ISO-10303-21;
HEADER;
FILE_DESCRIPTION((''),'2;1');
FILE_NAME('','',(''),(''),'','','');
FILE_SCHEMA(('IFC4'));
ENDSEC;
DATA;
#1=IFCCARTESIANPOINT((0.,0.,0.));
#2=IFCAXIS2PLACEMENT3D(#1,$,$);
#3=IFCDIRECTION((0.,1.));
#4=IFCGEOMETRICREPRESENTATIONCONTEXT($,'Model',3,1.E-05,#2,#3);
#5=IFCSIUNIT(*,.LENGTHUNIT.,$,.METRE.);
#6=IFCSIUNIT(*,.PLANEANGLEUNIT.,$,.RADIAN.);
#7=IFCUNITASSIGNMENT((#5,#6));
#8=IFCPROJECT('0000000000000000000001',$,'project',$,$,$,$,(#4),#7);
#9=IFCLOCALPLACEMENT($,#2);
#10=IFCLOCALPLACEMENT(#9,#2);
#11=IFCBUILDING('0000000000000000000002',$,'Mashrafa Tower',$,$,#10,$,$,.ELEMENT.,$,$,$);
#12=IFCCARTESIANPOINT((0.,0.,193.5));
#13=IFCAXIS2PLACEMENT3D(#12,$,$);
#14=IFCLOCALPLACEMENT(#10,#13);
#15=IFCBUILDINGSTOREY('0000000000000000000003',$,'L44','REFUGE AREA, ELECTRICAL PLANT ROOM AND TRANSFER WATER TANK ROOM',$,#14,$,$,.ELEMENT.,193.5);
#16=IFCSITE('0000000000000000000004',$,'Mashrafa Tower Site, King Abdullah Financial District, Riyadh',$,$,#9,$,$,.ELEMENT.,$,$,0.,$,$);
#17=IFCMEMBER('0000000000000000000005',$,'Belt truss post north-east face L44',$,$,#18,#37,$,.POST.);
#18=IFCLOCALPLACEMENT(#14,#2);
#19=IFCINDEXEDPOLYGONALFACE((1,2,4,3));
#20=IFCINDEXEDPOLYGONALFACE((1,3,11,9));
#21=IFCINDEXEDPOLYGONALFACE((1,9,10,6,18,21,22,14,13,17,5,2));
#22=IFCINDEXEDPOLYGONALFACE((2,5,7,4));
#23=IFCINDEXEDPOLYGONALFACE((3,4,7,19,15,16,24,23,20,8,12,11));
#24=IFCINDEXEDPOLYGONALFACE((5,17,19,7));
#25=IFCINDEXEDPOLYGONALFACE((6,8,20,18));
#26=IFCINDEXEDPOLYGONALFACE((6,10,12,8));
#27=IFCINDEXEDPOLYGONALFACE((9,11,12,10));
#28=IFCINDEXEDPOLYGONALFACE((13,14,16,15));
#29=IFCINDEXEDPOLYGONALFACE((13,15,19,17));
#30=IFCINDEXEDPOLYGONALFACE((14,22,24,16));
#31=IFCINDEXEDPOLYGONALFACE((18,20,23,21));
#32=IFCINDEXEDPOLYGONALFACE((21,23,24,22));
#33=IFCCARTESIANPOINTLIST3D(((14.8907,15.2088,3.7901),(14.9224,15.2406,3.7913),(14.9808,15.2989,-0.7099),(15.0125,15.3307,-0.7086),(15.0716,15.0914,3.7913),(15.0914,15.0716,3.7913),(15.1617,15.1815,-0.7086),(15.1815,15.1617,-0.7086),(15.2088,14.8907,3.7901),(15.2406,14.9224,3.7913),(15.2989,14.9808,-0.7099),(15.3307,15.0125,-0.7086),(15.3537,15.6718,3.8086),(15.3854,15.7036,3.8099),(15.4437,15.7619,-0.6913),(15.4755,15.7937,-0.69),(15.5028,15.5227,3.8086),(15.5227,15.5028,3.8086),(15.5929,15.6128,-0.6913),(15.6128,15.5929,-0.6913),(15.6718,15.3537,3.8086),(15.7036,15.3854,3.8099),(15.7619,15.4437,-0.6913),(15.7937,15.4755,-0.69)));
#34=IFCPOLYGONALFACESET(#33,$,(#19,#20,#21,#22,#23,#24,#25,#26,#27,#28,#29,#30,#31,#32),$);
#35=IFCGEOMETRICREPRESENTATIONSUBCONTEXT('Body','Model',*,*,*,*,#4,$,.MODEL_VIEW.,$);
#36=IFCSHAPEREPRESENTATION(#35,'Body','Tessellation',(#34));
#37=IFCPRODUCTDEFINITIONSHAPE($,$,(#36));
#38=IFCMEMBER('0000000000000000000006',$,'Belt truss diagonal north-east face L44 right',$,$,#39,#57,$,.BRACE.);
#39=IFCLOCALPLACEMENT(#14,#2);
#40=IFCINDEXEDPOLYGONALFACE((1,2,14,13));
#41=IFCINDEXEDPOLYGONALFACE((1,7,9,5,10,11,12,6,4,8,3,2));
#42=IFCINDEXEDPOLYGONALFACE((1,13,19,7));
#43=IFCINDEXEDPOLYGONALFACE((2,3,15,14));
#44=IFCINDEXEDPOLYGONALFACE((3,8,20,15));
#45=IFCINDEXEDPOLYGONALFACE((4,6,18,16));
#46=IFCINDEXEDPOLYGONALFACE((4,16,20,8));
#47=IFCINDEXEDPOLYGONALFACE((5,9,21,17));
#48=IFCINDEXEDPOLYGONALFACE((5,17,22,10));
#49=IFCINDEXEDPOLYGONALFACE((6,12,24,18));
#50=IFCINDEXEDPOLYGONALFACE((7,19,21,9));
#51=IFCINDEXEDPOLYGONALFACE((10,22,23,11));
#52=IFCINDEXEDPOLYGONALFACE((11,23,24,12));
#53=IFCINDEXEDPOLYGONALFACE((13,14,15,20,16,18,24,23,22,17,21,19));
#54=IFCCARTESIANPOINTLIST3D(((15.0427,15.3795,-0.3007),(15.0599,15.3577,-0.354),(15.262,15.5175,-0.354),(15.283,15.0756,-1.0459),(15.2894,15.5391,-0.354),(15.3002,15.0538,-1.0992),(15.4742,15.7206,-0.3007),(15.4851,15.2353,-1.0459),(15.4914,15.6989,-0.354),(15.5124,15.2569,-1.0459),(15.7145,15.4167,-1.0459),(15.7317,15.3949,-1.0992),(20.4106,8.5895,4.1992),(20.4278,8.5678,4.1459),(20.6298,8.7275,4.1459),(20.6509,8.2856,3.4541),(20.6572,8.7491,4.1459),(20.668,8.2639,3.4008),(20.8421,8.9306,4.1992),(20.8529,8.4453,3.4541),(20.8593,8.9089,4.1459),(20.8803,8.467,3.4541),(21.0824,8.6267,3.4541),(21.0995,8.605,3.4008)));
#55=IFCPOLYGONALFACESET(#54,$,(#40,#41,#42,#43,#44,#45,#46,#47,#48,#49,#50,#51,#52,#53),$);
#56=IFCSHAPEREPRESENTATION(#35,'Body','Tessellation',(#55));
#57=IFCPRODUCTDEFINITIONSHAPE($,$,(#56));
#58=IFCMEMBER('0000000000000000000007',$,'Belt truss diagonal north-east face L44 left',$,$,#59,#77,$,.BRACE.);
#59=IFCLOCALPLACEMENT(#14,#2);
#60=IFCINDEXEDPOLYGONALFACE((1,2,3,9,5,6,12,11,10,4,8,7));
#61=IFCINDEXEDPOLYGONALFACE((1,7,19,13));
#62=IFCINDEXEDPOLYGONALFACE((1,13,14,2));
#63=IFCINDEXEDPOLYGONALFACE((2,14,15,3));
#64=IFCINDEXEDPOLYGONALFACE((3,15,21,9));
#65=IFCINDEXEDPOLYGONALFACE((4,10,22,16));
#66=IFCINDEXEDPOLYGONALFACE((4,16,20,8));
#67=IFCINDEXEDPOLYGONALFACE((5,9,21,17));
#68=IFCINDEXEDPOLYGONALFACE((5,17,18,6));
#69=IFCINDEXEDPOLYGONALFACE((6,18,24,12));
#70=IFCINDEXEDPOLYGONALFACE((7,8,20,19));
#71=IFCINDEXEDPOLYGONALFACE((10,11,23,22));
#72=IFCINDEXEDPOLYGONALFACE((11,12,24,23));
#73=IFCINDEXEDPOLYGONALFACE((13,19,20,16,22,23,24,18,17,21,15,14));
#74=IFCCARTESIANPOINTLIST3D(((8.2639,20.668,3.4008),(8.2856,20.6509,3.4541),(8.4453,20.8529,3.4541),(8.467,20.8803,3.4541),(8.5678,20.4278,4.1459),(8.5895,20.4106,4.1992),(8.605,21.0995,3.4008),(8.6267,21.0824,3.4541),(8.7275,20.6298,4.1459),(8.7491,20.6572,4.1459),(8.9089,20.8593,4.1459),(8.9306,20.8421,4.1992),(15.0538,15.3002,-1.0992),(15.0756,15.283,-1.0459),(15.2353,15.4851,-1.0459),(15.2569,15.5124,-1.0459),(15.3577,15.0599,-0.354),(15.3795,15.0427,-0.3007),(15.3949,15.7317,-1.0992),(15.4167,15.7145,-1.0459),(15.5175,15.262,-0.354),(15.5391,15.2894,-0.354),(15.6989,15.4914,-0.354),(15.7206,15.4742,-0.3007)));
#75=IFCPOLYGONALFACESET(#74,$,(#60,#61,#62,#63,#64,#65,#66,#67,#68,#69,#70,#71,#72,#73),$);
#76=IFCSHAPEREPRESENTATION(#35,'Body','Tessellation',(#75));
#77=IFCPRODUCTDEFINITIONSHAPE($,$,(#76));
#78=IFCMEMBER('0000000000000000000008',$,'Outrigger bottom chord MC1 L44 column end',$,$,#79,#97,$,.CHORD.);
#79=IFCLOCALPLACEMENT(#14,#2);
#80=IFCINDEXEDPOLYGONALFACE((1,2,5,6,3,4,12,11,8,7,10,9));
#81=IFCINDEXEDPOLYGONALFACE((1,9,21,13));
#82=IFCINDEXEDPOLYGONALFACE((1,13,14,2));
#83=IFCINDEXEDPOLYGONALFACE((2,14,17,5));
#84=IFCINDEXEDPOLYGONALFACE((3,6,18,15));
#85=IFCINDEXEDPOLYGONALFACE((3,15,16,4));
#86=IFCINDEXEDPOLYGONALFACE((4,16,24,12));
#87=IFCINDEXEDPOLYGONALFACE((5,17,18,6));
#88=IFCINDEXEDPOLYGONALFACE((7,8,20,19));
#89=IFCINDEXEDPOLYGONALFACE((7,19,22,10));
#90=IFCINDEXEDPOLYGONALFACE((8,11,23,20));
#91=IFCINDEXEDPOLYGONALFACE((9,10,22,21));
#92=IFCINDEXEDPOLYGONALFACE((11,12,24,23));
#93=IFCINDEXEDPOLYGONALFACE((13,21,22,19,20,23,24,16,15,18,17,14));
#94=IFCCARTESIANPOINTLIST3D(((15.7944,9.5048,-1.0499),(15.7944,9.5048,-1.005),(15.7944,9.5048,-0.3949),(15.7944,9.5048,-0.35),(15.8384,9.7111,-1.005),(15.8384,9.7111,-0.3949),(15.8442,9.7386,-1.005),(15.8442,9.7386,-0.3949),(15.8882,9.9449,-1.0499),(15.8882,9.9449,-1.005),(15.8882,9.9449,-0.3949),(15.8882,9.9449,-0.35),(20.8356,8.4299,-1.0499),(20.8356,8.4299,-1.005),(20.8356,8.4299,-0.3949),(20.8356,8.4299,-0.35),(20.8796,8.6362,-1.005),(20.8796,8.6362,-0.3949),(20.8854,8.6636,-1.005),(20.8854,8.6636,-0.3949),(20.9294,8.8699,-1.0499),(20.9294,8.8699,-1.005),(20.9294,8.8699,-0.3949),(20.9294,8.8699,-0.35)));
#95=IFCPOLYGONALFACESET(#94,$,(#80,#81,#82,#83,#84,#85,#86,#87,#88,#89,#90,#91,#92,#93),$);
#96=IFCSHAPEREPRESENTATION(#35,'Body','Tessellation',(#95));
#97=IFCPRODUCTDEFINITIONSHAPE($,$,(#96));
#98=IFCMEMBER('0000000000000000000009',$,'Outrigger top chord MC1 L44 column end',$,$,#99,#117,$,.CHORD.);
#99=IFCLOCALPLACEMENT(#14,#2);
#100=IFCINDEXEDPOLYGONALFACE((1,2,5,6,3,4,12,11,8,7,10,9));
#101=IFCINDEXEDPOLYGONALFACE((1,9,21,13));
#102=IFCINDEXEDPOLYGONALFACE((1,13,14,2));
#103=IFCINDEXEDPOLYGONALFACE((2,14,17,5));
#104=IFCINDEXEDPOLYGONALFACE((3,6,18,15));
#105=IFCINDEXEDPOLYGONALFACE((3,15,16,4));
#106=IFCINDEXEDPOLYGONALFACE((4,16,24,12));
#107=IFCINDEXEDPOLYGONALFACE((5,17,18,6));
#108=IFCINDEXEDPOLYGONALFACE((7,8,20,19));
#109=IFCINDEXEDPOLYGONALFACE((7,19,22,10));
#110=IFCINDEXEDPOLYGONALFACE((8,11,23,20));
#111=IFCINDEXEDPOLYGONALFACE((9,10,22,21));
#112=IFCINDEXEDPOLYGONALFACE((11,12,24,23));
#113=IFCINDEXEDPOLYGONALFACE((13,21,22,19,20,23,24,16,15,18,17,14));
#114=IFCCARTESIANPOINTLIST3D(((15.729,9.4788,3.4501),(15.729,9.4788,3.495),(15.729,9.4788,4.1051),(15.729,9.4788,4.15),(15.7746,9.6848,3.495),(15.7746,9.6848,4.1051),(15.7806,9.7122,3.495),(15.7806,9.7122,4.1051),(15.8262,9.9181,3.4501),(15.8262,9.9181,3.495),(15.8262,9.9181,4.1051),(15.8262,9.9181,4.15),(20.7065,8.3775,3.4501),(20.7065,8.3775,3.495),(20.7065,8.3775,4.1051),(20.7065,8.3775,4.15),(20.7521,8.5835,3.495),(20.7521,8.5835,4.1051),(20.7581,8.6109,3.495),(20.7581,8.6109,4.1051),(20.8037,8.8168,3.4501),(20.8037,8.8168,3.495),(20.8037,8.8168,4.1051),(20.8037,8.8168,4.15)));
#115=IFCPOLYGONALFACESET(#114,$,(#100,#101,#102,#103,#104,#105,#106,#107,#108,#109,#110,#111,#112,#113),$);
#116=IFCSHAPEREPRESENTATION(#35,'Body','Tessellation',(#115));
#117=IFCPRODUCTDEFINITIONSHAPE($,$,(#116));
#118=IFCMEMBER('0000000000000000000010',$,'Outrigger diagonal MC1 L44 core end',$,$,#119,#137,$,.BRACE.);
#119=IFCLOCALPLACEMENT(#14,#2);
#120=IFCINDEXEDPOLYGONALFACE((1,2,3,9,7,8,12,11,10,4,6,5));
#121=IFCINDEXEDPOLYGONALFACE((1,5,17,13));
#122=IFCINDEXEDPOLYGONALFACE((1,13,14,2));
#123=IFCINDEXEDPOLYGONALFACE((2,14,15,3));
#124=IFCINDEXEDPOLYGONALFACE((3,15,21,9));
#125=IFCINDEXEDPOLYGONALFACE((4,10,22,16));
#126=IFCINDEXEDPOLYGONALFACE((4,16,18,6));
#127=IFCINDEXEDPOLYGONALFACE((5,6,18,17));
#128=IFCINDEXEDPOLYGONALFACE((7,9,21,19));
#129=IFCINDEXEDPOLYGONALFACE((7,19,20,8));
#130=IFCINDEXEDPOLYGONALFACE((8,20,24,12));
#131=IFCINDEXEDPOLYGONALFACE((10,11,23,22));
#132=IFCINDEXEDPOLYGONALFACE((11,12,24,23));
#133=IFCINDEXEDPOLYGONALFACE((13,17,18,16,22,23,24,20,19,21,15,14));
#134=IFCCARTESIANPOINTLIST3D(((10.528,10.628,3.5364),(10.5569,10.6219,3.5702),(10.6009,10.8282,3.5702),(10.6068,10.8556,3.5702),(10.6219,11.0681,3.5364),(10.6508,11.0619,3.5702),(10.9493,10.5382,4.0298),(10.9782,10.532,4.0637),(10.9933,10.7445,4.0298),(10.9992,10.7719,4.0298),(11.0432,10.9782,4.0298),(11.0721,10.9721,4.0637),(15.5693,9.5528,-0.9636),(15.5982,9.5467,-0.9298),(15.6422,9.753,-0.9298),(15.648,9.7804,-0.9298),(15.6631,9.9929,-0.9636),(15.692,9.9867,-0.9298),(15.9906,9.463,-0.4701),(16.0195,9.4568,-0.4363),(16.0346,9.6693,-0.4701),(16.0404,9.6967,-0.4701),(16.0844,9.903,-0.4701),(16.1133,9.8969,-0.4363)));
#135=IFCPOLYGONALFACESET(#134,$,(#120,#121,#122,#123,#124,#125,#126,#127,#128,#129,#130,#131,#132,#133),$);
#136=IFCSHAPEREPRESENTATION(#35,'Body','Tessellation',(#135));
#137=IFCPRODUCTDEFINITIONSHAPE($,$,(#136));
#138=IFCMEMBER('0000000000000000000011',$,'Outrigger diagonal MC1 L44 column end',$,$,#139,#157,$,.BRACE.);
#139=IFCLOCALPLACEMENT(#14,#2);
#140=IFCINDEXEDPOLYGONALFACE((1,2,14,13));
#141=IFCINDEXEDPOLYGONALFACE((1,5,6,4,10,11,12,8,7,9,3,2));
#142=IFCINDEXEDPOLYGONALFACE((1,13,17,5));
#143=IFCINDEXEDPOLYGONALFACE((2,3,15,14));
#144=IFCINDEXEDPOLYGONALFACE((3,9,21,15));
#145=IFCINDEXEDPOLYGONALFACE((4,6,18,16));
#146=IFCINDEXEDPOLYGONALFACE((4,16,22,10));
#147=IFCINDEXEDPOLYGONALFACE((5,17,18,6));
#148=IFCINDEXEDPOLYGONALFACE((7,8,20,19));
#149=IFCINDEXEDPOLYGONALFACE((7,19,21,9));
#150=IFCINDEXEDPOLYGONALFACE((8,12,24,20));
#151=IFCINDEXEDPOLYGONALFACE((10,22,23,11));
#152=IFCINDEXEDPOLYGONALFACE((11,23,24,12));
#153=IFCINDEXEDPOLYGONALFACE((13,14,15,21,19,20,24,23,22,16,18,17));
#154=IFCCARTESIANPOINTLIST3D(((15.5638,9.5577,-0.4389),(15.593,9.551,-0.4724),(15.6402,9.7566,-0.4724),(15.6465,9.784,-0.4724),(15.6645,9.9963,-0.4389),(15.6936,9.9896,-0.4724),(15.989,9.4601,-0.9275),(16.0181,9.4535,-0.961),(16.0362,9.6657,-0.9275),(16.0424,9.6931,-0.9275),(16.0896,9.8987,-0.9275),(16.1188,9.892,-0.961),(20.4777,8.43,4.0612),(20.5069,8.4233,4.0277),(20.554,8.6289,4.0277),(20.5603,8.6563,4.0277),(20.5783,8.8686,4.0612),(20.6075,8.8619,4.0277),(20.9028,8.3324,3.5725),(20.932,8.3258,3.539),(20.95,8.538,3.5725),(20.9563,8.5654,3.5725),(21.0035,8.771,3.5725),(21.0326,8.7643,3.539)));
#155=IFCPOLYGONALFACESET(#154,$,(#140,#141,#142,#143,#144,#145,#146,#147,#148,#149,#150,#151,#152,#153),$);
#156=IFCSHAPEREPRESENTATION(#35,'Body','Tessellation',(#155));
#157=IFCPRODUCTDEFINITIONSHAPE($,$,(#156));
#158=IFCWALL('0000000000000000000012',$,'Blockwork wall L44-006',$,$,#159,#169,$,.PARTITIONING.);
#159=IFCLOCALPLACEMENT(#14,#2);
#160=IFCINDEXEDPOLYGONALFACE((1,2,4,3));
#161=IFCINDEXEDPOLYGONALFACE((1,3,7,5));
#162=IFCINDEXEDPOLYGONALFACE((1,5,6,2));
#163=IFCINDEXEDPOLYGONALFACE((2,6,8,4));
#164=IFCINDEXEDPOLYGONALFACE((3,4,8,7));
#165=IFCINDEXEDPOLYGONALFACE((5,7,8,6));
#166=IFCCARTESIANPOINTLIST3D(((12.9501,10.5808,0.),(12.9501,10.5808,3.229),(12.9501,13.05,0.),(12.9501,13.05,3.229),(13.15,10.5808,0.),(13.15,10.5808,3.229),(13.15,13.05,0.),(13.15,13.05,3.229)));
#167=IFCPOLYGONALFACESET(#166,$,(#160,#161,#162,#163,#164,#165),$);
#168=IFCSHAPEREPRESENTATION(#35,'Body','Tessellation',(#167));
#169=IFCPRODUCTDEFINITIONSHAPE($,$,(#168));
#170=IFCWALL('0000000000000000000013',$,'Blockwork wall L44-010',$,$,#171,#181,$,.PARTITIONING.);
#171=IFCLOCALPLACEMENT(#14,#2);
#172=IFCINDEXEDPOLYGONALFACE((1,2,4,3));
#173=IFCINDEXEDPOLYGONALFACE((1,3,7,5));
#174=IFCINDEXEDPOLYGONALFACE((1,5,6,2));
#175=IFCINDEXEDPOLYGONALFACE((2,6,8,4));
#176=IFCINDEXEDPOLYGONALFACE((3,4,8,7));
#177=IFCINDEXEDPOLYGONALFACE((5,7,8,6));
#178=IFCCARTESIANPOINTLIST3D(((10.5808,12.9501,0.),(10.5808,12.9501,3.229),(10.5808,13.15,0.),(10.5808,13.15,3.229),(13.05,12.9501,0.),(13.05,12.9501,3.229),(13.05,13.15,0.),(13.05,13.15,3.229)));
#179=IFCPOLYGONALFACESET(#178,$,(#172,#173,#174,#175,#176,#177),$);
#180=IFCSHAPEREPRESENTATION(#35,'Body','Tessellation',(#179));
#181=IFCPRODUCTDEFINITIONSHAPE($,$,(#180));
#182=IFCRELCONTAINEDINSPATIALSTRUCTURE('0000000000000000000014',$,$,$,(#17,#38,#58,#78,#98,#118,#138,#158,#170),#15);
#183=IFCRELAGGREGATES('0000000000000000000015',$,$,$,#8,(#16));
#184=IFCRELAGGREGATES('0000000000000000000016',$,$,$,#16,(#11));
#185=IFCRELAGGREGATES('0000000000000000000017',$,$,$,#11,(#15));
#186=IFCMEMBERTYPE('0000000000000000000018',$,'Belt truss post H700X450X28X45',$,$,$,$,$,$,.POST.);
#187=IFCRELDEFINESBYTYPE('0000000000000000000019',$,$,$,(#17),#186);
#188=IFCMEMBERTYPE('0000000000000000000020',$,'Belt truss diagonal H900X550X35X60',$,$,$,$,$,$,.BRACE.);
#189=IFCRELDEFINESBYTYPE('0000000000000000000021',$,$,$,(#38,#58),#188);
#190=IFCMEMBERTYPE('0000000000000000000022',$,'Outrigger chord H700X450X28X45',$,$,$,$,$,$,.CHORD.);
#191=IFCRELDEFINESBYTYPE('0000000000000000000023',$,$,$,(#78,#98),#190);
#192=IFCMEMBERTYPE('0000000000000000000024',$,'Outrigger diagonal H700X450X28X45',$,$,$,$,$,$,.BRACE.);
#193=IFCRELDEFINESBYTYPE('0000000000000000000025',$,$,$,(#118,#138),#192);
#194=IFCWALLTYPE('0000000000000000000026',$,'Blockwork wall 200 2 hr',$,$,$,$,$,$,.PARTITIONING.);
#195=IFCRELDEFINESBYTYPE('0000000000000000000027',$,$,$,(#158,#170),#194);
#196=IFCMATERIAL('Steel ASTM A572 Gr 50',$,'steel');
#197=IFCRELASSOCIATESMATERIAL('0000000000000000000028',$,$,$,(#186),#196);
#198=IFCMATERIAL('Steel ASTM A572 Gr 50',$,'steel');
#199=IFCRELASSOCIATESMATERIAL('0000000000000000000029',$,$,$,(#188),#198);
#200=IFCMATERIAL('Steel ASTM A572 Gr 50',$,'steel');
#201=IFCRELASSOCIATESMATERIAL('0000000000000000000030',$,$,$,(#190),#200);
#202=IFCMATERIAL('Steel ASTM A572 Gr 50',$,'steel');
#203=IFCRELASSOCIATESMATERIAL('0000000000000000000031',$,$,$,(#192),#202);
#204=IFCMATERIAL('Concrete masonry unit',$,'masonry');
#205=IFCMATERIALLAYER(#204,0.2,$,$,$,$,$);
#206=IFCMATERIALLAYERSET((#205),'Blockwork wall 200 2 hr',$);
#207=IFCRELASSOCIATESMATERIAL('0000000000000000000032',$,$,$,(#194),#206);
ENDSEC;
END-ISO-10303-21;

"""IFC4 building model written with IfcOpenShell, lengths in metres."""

from ifc_helpers import new_model, si_unit, direction, frame, frame_2d, origin, origin_2d, place, context, subcontext, project, spatial, rectangle, i_section, extrude, source, transform, mapped, material, layer, layer_set, material_profile, profile_set, type_object, type_shapes, element, save


model = new_model("IFC4")

# Units and contexts
model_context = context("Model", 3, precision=1e-05, world=origin(), true_north=direction((0.0, 1.0)))
body_context = subcontext(model_context, "Body", "Model", "MODEL_VIEW")
ifc_project = project(units=[si_unit("LENGTHUNIT", "METRE"), si_unit("PLANEANGLEUNIT", "RADIAN")], contexts=[model_context])

# Site, building, storey
site_placement = place(None, origin())
site = spatial("IfcSite", under=ifc_project, at=site_placement, Name="Mashrafa Tower Site, King Abdullah Financial District, Riyadh", CompositionType="ELEMENT", RefElevation=0.0)
building_placement = place(site_placement, origin())
building = spatial("IfcBuilding", under=site, at=building_placement, Name="Mashrafa Tower", CompositionType="ELEMENT")
storey_placement = place(building_placement, frame((0.0, 0.0, 193.5)))
storey = spatial("IfcBuildingStorey", under=building, at=storey_placement, Name="L44", Description="REFUGE AREA, ELECTRICAL PLANT ROOM AND TRANSFER WATER TANK ROOM", CompositionType="ELEMENT", Elevation=193.5)

# Members
ifc_material_1 = material(Name="Steel ASTM A572 Gr 50", Category="steel")
ifc_material_profile_1 = material_profile(ifc_material_1, i_section(OverallWidth=0.45, OverallDepth=0.7, WebThickness=0.0281, FlangeThickness=0.0449, at=origin_2d()), Name="H700X450X28X45")
ifc_profile_set_1 = profile_set([ifc_material_profile_1], Name="Steel ASTM A572 Gr 50")
member_type_1 = type_object("IfcMemberType", Name="Belt truss post H700X450X28X45", PredefinedType="POST", material=ifc_profile_set_1)
shared_shape_1 = source(origin(), body_context, "Body", "SweptSolid", [
    extrude(i_section(OverallWidth=0.45, OverallDepth=0.7, WebThickness=0.0281, FlangeThickness=0.0449, at=origin_2d()), origin(), (0.0, 0.0, 1.0), 4.5017),
])
type_shapes(member_type_1, [shared_shape_1])
member_1_placement = place(storey_placement, frame((15.3872, 15.3872, -0.7), z_axis=(-0.020012, -0.020012, 0.999599), x_axis=(0.707107, -0.707107, 0.0)))
element("IfcMember", 1, at=member_1_placement, inside=storey, type_object=member_type_1, Name="Belt truss post north-east face L44", PredefinedType="POST", context=body_context, shape_type="MappedRepresentation", body=[
    mapped(shared_shape_1, transform((0.0, 0.0, 0.0))),
])
ifc_material_2 = material(Name="Steel ASTM A572 Gr 50", Category="steel")
ifc_material_profile_2 = material_profile(ifc_material_2, i_section(OverallWidth=0.55, OverallDepth=0.8999, WebThickness=0.0349, FlangeThickness=0.0601, at=origin_2d()), Name="H900X550X35X60")
ifc_profile_set_2 = profile_set([ifc_material_profile_2], Name="Steel ASTM A572 Gr 50")
member_type_2 = type_object("IfcMemberType", Name="Belt truss diagonal H900X550X35X60", PredefinedType="BRACE", material=ifc_profile_set_2)
shared_shape_2 = source(origin(), body_context, "Body", "SweptSolid", [
    extrude(i_section(OverallWidth=0.55, OverallDepth=0.8999, WebThickness=0.0349, FlangeThickness=0.0601, at=origin_2d()), origin(), (0.0, 0.0, 1.0), 9.7554),
])
type_shapes(member_type_2, [shared_shape_2])
for number, where, z_axis, x_axis, name in (
    (2, (15.3872, 15.3872, -0.7), (0.550247, -0.696024, 0.46128), (0.784469, 0.620168, 0.0), "Belt truss diagonal north-east face L44 right"),
    (3, (15.3872, 15.3872, -0.7), (-0.696024, 0.550247, 0.46128), (-0.620168, -0.784469, 0.0), "Belt truss diagonal north-east face L44 left"),
):
    element("IfcMember", number, at=place(storey_placement, frame(where, z_axis=z_axis, x_axis=x_axis)), inside=storey, type_object=member_type_2, Name=name, PredefinedType="BRACE", context=body_context, shape_type="MappedRepresentation", body=[
        mapped(shared_shape_2, transform((0.0, 0.0, 0.0))),
    ])
ifc_material_3 = material(Name="Steel ASTM A572 Gr 50", Category="steel")
ifc_material_profile_3 = material_profile(ifc_material_3, i_section(OverallWidth=0.45, OverallDepth=0.7, WebThickness=0.0281, FlangeThickness=0.0449, at=origin_2d()), Name="H700X450X28X45")
ifc_profile_set_3 = profile_set([ifc_material_profile_3], Name="Steel ASTM A572 Gr 50")
member_type_3 = type_object("IfcMemberType", Name="Outrigger chord H700X450X28X45", PredefinedType="CHORD", material=ifc_profile_set_3)
shared_shape_3 = source(origin(), body_context, "Body", "SweptSolid", [
    extrude(i_section(OverallWidth=0.45, OverallDepth=0.7, WebThickness=0.0281, FlangeThickness=0.0449, at=origin_2d()), origin(), (0.0, 0.0, 1.0), 5.1545),
])
member_2_placement = place(storey_placement, frame((15.8413, 9.7249, -0.7), z_axis=(0.978013, -0.208542, 0.0), x_axis=(0.208542, 0.978013, 0.0)))
element("IfcMember", 4, at=member_2_placement, inside=storey, type_object=member_type_3, Name="Outrigger bottom chord MC1 L44 column end", PredefinedType="CHORD", context=body_context, shape_type="MappedRepresentation", body=[
    mapped(shared_shape_3, transform((0.0, 0.0, 0.0))),
])
shared_shape_4 = source(origin(), body_context, "Body", "SweptSolid", [
    extrude(i_section(OverallWidth=0.45, OverallDepth=0.7, WebThickness=0.0281, FlangeThickness=0.0449, at=origin_2d()), origin(), (0.0, 0.0, 1.0), 5.0979),
])
type_shapes(member_type_3, [shared_shape_3, shared_shape_4])
member_3_placement = place(storey_placement, frame((15.7776, 9.6985, 3.8), z_axis=(0.976386, -0.216033, 0.0), x_axis=(0.216033, 0.976386, 0.0)))
element("IfcMember", 5, at=member_3_placement, inside=storey, type_object=member_type_3, Name="Outrigger top chord MC1 L44 column end", PredefinedType="CHORD", context=body_context, shape_type="MappedRepresentation", body=[
    mapped(shared_shape_4, transform((0.0, 0.0, 0.0))),
])
ifc_material_4 = material(Name="Steel ASTM A572 Gr 50", Category="steel")
ifc_material_profile_4 = material_profile(ifc_material_4, i_section(OverallWidth=0.45, OverallDepth=0.7, WebThickness=0.0281, FlangeThickness=0.0449, at=origin_2d()), Name="H700X450X28X45")
ifc_profile_set_4 = profile_set([ifc_material_profile_4], Name="Steel ASTM A572 Gr 50")
member_type_4 = type_object("IfcMemberType", Name="Outrigger diagonal H700X450X28X45", PredefinedType="BRACE", material=ifc_profile_set_4)
shared_shape_5 = source(origin(), body_context, "Body", "SweptSolid", [
    extrude(i_section(OverallWidth=0.45, OverallDepth=0.7, WebThickness=0.0281, FlangeThickness=0.0449, at=origin_2d()), origin(), (0.0, 0.0, 1.0), 6.8425),
])
member_4_placement = place(storey_placement, frame((15.8413, 9.7249, -0.7), z_axis=(-0.736753, 0.157134, 0.657651), x_axis=(-0.208588, -0.978004, 0.0)))
element("IfcMember", 6, at=member_4_placement, inside=storey, type_object=member_type_4, Name="Outrigger diagonal MC1 L44 core end", PredefinedType="BRACE", context=body_context, shape_type="MappedRepresentation", body=[
    mapped(shared_shape_5, transform((0.0, 0.0, 0.0))),
])
shared_shape_6 = source(origin(), body_context, "Body", "SweptSolid", [
    extrude(i_section(OverallWidth=0.45, OverallDepth=0.7, WebThickness=0.0281, FlangeThickness=0.0449, at=origin_2d()), origin(), (0.0, 0.0, 1.0), 6.7578),
])
type_shapes(member_type_4, [shared_shape_5, shared_shape_6])
member_5_placement = place(storey_placement, frame((15.8413, 9.7249, -0.7), z_axis=(0.727137, -0.166873, 0.665901), x_axis=(0.223678, 0.974663, 0.0)))
element("IfcMember", 7, at=member_5_placement, inside=storey, type_object=member_type_4, Name="Outrigger diagonal MC1 L44 column end", PredefinedType="BRACE", context=body_context, shape_type="MappedRepresentation", body=[
    mapped(shared_shape_6, transform((0.0, 0.0, 0.0))),
])

# Walls
ifc_material_5 = material(Name="Concrete masonry unit", Category="masonry")
ifc_layer_1 = layer(ifc_material_5, 0.2)
ifc_layer_set_1 = layer_set([ifc_layer_1], Name="Blockwork wall 200 2 hr")
wall_type = type_object("IfcWallType", Name="Blockwork wall 200 2 hr", PredefinedType="PARTITIONING", material=ifc_layer_set_1)
for number, where, z_axis, x_axis, name in (
    (8, (13.05, 10.5808, 0.0), (0.0, 0.0, 1.0), (0.0, 1.0, 0.0), "Blockwork wall L44-006"),
    (9, (13.05, 13.05, 0.0), (0.0, 0.0, 1.0), (-1.0, 0.0, 0.0), "Blockwork wall L44-010"),
):
    element("IfcWall", number, at=place(storey_placement, frame(where, z_axis=z_axis, x_axis=x_axis)), inside=storey, type_object=wall_type, Name=name, PredefinedType="PARTITIONING", context=body_context, shape_type="SweptSolid", body=[
        extrude(rectangle(XDim=2.4692, YDim=0.2, at=frame_2d((1.2346, 0.0))), origin(), (0.0, 0.0, 1.0), 3.229),
    ])

save(model, "model.ifc")
